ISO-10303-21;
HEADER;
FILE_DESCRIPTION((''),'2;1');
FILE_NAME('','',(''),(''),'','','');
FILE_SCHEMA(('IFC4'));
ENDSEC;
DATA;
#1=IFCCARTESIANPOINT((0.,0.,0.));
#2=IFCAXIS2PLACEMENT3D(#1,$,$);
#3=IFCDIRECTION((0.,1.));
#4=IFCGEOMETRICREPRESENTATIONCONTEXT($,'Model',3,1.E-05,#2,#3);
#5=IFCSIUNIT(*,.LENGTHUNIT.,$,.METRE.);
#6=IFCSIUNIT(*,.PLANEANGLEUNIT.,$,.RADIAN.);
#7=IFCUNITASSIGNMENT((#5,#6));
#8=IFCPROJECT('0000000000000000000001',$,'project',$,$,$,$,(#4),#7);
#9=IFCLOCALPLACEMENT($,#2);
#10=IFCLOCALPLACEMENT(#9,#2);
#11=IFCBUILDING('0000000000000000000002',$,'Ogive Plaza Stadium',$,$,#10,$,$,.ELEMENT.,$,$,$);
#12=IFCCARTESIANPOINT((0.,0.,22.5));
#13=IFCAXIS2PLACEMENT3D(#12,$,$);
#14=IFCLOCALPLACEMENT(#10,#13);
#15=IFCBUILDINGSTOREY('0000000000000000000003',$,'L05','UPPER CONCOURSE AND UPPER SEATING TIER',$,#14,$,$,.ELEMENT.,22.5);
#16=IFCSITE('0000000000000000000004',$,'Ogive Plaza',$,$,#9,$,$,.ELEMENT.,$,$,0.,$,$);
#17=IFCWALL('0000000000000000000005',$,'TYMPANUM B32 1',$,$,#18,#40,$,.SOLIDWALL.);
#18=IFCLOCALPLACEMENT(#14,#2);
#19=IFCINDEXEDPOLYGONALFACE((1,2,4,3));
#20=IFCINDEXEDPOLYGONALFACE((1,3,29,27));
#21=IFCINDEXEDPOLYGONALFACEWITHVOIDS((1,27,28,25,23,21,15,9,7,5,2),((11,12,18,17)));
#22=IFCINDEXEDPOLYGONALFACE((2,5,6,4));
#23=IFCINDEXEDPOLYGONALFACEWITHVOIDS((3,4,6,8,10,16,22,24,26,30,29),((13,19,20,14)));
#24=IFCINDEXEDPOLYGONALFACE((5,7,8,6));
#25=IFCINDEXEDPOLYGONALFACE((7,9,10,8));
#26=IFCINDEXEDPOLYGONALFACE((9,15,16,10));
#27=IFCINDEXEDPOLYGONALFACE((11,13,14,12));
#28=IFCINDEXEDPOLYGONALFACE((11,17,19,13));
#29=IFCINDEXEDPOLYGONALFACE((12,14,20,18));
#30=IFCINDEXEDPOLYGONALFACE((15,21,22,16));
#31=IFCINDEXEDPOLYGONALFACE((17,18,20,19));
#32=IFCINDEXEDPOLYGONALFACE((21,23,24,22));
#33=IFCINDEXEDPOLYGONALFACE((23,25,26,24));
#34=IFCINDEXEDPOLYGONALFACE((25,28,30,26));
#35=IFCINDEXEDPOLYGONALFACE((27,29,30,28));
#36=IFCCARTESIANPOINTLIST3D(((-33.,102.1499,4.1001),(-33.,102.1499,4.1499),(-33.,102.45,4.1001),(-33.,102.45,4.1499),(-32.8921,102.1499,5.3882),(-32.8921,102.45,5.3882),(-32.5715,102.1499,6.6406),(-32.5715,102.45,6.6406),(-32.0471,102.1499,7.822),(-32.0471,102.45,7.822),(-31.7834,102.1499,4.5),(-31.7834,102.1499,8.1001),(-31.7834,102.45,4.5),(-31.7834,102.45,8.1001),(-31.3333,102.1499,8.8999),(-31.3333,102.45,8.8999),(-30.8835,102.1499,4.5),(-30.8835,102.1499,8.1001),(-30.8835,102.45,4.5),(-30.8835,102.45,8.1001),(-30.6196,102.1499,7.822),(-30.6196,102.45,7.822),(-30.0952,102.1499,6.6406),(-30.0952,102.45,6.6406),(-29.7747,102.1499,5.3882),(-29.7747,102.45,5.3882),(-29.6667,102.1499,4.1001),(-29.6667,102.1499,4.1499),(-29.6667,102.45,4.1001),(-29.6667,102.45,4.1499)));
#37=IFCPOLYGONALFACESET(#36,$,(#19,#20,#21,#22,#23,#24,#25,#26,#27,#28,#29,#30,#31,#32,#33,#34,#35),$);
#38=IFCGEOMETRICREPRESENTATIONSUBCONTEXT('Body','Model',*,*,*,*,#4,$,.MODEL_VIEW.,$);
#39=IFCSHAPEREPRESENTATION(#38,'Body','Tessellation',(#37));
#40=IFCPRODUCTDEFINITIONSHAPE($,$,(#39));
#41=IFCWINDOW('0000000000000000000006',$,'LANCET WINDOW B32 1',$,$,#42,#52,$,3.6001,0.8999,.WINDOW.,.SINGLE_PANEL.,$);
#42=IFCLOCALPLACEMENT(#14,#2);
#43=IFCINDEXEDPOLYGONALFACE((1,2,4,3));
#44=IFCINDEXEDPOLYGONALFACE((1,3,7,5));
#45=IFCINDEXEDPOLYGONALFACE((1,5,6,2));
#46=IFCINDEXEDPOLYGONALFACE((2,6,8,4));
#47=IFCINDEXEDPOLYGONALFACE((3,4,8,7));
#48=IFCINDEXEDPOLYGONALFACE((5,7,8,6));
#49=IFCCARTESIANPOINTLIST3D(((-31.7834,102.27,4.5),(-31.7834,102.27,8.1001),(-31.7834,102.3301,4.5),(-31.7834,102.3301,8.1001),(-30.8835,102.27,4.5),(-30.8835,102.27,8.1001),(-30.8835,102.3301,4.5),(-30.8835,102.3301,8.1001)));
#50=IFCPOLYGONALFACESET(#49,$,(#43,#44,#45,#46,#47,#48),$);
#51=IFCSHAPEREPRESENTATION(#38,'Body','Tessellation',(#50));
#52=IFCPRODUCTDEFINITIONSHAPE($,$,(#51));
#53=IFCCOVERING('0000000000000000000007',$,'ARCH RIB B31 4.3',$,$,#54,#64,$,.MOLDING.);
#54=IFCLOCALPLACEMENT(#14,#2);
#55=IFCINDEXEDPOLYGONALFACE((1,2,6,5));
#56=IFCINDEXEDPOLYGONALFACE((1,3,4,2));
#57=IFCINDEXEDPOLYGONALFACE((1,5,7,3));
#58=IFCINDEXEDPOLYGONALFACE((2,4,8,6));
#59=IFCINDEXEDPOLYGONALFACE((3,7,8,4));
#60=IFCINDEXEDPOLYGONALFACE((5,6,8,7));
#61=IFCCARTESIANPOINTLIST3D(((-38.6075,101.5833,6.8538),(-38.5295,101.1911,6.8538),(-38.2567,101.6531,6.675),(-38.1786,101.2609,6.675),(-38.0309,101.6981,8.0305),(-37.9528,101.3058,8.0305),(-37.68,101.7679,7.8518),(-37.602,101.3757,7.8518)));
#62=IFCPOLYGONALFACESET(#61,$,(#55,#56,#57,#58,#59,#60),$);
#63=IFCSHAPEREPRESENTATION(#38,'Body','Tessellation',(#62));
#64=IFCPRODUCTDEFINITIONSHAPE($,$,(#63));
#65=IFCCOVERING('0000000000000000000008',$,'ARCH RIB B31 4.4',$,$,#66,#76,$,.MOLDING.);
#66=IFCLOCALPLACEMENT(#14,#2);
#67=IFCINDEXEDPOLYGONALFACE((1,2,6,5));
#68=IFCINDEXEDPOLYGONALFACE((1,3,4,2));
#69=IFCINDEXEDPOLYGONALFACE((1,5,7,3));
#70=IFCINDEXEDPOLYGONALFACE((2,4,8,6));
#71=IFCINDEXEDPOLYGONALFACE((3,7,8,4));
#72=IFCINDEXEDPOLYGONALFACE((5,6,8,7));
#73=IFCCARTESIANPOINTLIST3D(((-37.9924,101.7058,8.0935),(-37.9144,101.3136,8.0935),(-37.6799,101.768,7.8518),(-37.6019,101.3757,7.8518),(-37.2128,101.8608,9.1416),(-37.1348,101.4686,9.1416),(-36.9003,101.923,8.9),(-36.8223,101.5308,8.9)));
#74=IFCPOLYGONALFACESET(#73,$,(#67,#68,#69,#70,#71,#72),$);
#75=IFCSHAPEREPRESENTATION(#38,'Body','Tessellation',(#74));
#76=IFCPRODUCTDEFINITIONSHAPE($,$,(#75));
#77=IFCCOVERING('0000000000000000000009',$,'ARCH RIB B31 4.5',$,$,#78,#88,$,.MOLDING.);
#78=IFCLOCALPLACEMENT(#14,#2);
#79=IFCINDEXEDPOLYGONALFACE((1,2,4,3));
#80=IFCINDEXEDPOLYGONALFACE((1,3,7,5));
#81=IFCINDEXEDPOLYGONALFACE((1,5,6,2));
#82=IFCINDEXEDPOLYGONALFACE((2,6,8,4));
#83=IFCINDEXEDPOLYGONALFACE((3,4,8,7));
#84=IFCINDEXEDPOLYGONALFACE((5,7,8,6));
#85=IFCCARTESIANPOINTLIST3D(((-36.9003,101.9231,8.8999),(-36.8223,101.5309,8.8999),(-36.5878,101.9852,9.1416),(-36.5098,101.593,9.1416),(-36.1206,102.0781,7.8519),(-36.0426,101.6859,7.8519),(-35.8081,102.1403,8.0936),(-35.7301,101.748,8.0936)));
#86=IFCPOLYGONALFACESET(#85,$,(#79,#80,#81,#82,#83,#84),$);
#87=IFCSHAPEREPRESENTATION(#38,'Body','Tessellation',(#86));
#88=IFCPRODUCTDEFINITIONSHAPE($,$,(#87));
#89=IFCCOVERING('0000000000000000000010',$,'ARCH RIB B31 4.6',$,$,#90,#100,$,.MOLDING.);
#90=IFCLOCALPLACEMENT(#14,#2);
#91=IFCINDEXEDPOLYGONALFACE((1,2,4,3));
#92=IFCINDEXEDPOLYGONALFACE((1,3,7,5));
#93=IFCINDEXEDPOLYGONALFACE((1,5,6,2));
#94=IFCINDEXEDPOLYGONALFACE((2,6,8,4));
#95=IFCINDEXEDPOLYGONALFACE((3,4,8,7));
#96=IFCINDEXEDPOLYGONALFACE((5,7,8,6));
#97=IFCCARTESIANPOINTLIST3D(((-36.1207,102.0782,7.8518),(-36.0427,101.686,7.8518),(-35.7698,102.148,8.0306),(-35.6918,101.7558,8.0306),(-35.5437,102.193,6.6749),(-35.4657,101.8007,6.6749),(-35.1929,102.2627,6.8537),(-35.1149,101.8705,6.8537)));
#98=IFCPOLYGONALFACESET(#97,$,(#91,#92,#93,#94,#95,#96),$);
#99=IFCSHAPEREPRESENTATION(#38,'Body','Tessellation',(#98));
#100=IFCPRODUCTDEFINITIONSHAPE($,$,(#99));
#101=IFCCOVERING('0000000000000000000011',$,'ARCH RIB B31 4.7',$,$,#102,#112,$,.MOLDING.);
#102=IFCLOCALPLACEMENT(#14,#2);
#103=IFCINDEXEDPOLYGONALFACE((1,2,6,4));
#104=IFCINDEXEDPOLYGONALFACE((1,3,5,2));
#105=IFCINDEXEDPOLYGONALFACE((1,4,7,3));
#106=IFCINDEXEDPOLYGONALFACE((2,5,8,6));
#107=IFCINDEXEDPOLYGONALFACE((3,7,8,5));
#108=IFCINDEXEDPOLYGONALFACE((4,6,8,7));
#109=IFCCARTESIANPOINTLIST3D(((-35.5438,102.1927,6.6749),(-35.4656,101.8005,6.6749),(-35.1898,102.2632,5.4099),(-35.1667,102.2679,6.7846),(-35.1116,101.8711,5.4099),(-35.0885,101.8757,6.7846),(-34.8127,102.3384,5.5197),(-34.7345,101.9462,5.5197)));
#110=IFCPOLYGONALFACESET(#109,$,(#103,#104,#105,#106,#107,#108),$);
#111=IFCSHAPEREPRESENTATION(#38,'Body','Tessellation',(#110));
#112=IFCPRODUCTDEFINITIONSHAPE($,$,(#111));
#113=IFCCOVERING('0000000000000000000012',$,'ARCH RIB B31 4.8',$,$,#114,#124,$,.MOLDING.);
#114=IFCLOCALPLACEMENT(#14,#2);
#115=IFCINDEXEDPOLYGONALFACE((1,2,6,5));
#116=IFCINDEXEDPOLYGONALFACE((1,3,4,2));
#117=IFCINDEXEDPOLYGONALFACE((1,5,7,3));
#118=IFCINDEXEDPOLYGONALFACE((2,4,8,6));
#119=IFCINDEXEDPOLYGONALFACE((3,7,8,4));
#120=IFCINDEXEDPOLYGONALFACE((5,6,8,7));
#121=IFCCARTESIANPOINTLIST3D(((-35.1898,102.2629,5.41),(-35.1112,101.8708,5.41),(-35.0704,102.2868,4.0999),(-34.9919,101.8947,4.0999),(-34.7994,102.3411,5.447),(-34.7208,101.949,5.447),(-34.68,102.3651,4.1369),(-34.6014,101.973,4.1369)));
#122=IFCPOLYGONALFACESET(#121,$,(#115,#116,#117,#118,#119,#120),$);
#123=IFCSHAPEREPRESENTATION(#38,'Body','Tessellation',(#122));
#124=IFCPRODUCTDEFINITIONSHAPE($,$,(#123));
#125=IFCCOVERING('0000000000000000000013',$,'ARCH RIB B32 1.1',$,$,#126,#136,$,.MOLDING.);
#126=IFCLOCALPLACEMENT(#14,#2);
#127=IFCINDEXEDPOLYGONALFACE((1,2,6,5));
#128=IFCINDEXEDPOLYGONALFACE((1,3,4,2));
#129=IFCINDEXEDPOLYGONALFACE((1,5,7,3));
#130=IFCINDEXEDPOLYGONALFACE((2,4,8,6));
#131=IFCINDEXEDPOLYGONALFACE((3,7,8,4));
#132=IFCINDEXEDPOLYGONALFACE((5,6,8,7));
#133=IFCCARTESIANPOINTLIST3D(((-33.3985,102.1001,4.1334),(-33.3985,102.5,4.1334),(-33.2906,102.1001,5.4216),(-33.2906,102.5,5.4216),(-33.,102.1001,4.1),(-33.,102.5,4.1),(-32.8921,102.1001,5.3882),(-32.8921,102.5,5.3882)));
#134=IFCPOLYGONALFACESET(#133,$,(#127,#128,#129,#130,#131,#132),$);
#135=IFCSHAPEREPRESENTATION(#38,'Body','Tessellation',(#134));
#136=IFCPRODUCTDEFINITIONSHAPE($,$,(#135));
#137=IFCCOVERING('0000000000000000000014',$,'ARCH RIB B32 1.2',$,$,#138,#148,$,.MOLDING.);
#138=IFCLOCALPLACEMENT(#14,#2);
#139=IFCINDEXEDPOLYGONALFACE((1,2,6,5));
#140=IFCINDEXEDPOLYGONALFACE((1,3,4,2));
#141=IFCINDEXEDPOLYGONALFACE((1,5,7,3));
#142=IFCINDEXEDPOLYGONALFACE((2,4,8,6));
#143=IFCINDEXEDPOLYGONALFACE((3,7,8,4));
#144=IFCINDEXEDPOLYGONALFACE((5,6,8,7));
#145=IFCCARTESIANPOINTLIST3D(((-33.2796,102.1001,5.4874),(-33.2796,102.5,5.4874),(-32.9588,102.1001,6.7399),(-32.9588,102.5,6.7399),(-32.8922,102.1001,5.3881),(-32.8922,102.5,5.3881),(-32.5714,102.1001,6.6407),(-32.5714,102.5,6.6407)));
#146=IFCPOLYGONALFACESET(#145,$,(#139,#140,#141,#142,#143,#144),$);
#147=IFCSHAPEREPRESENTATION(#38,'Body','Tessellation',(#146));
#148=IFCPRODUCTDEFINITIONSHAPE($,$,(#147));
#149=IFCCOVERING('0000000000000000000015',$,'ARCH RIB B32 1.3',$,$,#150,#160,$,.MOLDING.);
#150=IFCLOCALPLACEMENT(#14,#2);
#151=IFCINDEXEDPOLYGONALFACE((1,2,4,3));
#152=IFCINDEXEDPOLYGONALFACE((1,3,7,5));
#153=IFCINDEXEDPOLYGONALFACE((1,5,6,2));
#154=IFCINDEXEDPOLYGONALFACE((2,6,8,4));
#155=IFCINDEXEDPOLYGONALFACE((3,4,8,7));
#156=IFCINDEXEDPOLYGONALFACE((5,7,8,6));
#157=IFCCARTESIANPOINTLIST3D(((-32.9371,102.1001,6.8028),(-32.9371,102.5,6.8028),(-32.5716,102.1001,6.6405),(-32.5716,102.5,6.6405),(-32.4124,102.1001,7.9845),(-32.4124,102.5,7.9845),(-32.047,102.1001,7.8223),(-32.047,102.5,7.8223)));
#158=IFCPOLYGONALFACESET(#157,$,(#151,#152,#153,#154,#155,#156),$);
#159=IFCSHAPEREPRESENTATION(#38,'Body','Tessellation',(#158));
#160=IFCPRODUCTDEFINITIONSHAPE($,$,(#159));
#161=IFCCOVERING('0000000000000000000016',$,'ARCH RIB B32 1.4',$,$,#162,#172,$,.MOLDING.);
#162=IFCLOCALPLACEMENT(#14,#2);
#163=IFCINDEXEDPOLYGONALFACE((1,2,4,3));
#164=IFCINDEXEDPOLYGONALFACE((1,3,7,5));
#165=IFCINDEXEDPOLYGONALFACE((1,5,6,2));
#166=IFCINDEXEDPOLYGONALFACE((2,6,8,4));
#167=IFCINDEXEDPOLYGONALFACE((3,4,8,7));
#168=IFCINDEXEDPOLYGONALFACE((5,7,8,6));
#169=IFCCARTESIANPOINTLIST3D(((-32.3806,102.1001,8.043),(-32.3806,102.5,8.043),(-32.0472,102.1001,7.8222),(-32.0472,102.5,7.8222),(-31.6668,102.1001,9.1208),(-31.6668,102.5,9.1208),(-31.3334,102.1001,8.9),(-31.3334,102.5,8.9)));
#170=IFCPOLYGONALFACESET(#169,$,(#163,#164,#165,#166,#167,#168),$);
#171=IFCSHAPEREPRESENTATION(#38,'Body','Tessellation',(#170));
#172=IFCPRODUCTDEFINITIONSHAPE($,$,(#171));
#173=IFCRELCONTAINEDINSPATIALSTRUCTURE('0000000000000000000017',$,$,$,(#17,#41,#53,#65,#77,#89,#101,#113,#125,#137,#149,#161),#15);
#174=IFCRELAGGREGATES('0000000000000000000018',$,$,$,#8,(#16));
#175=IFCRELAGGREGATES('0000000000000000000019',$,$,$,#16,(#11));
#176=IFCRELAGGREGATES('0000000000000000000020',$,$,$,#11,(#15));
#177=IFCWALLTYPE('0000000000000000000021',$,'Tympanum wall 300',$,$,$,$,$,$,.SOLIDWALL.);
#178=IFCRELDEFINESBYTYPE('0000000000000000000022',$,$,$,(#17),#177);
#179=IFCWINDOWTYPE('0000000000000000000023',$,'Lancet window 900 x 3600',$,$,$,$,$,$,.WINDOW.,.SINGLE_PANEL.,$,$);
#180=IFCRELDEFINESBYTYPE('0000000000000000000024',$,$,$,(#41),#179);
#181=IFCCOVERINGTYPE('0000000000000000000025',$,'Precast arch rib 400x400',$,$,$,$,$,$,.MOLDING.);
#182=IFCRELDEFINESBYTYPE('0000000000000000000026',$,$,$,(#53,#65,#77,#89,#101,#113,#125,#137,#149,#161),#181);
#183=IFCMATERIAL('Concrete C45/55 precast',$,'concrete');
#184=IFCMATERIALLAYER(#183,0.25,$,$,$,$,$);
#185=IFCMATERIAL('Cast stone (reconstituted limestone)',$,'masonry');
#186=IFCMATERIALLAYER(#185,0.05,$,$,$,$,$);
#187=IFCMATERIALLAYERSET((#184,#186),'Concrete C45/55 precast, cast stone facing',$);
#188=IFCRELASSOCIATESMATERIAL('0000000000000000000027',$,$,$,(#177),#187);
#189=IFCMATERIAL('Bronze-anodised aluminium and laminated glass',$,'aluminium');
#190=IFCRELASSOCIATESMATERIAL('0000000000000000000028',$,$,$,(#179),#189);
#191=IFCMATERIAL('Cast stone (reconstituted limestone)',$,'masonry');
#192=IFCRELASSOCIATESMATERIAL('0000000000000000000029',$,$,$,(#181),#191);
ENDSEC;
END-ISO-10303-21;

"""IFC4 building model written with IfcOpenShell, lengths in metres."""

from ifc_helpers import new_model, si_unit, direction, frame, frame_2d, origin, origin_2d, place, context, subcontext, project, spatial, polyline, rectangle, outline, extrude, material, layer, layer_set, material_profile, profile_set, type_object, element, fill, save


model = new_model("IFC4")

# Units and contexts
model_context = context("Model", 3, precision=1e-05, world=origin(), true_north=direction((0.0, 1.0)))
body_context = subcontext(model_context, "Body", "Model", "MODEL_VIEW")
ifc_project = project(units=[si_unit("LENGTHUNIT", "METRE"), si_unit("PLANEANGLEUNIT", "RADIAN")], contexts=[model_context])

# Site, building, storey
site_placement = place(None, origin())
site = spatial("IfcSite", under=ifc_project, at=site_placement, Name="Ogive Plaza", CompositionType="ELEMENT", RefElevation=0.0)
building_placement = place(site_placement, origin())
building = spatial("IfcBuilding", under=site, at=building_placement, Name="Ogive Plaza Stadium", CompositionType="ELEMENT")
storey_placement = place(building_placement, frame((0.0, 0.0, 22.5)))
storey = spatial("IfcBuildingStorey", under=building, at=storey_placement, Name="L05", Description="UPPER CONCOURSE AND UPPER SEATING TIER", CompositionType="ELEMENT", Elevation=22.5)

# Wall, opening, window
ifc_material_1 = material(Name="Concrete C45/55 precast", Category="concrete")
ifc_layer_1 = layer(ifc_material_1, 0.25)
ifc_material_2 = material(Name="Cast stone (reconstituted limestone)", Category="masonry")
ifc_layer_2 = layer(ifc_material_2, 0.05)
ifc_layer_set_1 = layer_set([ifc_layer_1, ifc_layer_2], Name="Concrete C45/55 precast, cast stone facing")
wall_type = type_object("IfcWallType", Name="Tympanum wall 300", PredefinedType="SOLIDWALL", material=ifc_layer_set_1)
wall_placement = place(storey_placement, frame((-33.0, 102.3, 4.1001), z_axis=(0.0, 0.0, 1.0), x_axis=(1.0, 0.0, 0.0)))
wall = element("IfcWall", 1, at=wall_placement, inside=storey, type_object=wall_type, Name="TYMPANUM B32 1", PredefinedType="SOLIDWALL", context=body_context, shape_type="SweptSolid", body=[
    extrude(outline(polyline([(0.0, 0.0), (3.3333, 0.0), (3.3333, 0.0498), (3.2253, 1.2881), (2.9048, 2.5405), (2.3804, 3.7219), (1.6667, 4.7998), (0.9529, 3.7219), (0.4285, 2.5405), (0.1079, 1.2881), (0.0, 0.0498), (0.0, 0.0)])), frame((0.0, 0.1499, 0.0), z_axis=(0.0, -1.0, 0.0), x_axis=(1.0, 0.0, 0.0)), (0.0, 0.0, 1.0), 0.3),
])
opening_placement = place(wall_placement, frame((1.2166, 0.0, 0.3999)))
opening = element("IfcOpeningElement", 2, at=opening_placement, cuts=wall, PredefinedType="OPENING", context=body_context, shape_type="SweptSolid", body=[
    extrude(rectangle(XDim=0.8999, YDim=3.6001, at=frame_2d((0.45, 1.8))), frame((0.0, 0.1602, 0.0), z_axis=(0.0, -1.0, 0.0), x_axis=(1.0, 0.0, 0.0)), (0.0, 0.0, 1.0), 0.3201),
])
ifc_material_3 = material(Name="Bronze-anodised aluminium and laminated glass", Category="aluminium")
window_type = type_object("IfcWindowType", Name="Lancet window 900 x 3600", PartitioningType="SINGLE_PANEL", PredefinedType="WINDOW", material=ifc_material_3)
window_placement = place(opening_placement, origin())
window = element("IfcWindow", 3, at=window_placement, inside=storey, type_object=window_type, Name="LANCET WINDOW B32 1", OverallHeight=3.6001, OverallWidth=0.8999, PartitioningType="SINGLE_PANEL", PredefinedType="WINDOW", context=body_context, shape_type="SweptSolid", body=[
    extrude(rectangle(XDim=0.8999, YDim=3.6001, at=frame_2d((0.45, 1.8))), frame((0.0, 0.03, 0.0), z_axis=(0.0, -1.0, 0.0), x_axis=(1.0, 0.0, 0.0)), (0.0, 0.0, 1.0), 0.0601),
])
fill(opening, window)

# Coverings
ifc_material_4 = material(Name="Cast stone (reconstituted limestone)", Category="masonry")
ifc_material_profile_1 = material_profile(ifc_material_4, rectangle(XDim=0.3999, YDim=0.3999, at=origin_2d()), Name="Cast stone 400x400")
ifc_profile_set_1 = profile_set([ifc_material_profile_1], Name="Cast stone (reconstituted limestone)")
covering_type = type_object("IfcCoveringType", Name="Precast arch rib 400x400", PredefinedType="MOLDING", material=ifc_profile_set_1)
for number, where, z_axis, x_axis, name in (
    (4, (-38.3931, 101.4221, 6.7644), (0.438368, 0.087228, 0.894553), (-0.195158, 0.980772, 0.0), "ARCH RIB B31 4.3"),
    (5, (-37.7971, 101.5408, 7.9727), (0.592636, 0.117859, 0.796801), (-0.195053, 0.980793, 0.0), "ARCH RIB B31 4.4"),
    (6, (-36.7051, 101.7581, 9.0208), (0.592756, 0.117846, -0.796713), (-0.194994, 0.980804, 0.0), "ARCH RIB B31 4.5"),
):
    element("IfcCovering", number, at=place(storey_placement, frame(where, z_axis=z_axis, x_axis=x_axis)), inside=storey, type_object=covering_type, Name=name, PredefinedType="MOLDING", context=body_context, shape_type="SweptSolid", body=[
        extrude(rectangle(XDim=0.3999, YDim=0.3999, at=origin_2d()), origin(), (0.0, 0.0, 1.0), 1.3154),
    ])
covering_1_placement = place(storey_placement, frame((-35.9062, 101.917, 7.9412), z_axis=(0.438518, 0.087221, -0.89448), x_axis=(-0.195078, 0.980788, 0.0)))
element("IfcCovering", 7, at=covering_1_placement, inside=storey, type_object=covering_type, Name="ARCH RIB B31 4.6", PredefinedType="MOLDING", context=body_context, shape_type="SweptSolid", body=[
    extrude(rectangle(XDim=0.3999, YDim=0.3999, at=origin_2d()), origin(), (0.0, 0.0, 1.0), 1.3157),
])
covering_2_placement = place(storey_placement, frame((-35.3162, 102.0342, 6.7297), z_axis=(0.269125, 0.053639, -0.96161), x_axis=(-0.195466, 0.980711, 0.0)))
element("IfcCovering", 8, at=covering_2_placement, inside=storey, type_object=covering_type, Name="ARCH RIB B31 4.7", PredefinedType="MOLDING", context=body_context, shape_type="SweptSolid", body=[
    extrude(rectangle(XDim=0.3999, YDim=0.3999, at=origin_2d()), origin(), (0.0, 0.0, 1.0), 1.3154),
])
covering_3_placement = place(storey_placement, frame((-34.9553, 102.106, 5.4285), z_axis=(0.090738, 0.018185, -0.995709), x_axis=(-0.196502, 0.980503, 0.0)))
element("IfcCovering", 9, at=covering_3_placement, inside=storey, type_object=covering_type, Name="ARCH RIB B31 4.8", PredefinedType="MOLDING", context=body_context, shape_type="SweptSolid", body=[
    extrude(rectangle(XDim=0.3999, YDim=0.3999, at=origin_2d()), origin(), (0.0, 0.0, 1.0), 1.3157),
])
covering_4_placement = place(storey_placement, frame((-33.1992, 102.3, 4.1167), z_axis=(0.083467, 0.0, 0.996511), x_axis=(0.0, 1.0, 0.0)))
element("IfcCovering", 10, at=covering_4_placement, inside=storey, type_object=covering_type, Name="ARCH RIB B32 1.1", PredefinedType="MOLDING", context=body_context, shape_type="SweptSolid", body=[
    extrude(rectangle(XDim=0.3999, YDim=0.3999, at=origin_2d()), origin(), (0.0, 0.0, 1.0), 1.2927),
])
for number, where, z_axis, x_axis, name in (
    (11, (-33.0859, 102.3, 5.4377), (0.24813, 0.0, 0.968727), (0.0, 1.0, 0.0), "ARCH RIB B32 1.2"),
    (12, (-32.7544, 102.3, 6.7217), (0.405806, 0.0, 0.913959), (0.0, 1.0, 0.0), "ARCH RIB B32 1.3"),
):
    element("IfcCovering", number, at=place(storey_placement, frame(where, z_axis=z_axis, x_axis=x_axis)), inside=storey, type_object=covering_type, Name=name, PredefinedType="MOLDING", context=body_context, shape_type="SweptSolid", body=[
        extrude(rectangle(XDim=0.3999, YDim=0.3999, at=origin_2d()), origin(), (0.0, 0.0, 1.0), 1.293),
    ])
covering_5_placement = place(storey_placement, frame((-32.2139, 102.3, 7.9326), z_axis=(0.55217, 0.0, 0.833731), x_axis=(0.0, 1.0, 0.0)))
element("IfcCovering", 13, at=covering_5_placement, inside=storey, type_object=covering_type, Name="ARCH RIB B32 1.4", PredefinedType="MOLDING", context=body_context, shape_type="SweptSolid", body=[
    extrude(rectangle(XDim=0.3999, YDim=0.3999, at=origin_2d()), origin(), (0.0, 0.0, 1.0), 1.2927),
])

save(model, "model.ifc")
